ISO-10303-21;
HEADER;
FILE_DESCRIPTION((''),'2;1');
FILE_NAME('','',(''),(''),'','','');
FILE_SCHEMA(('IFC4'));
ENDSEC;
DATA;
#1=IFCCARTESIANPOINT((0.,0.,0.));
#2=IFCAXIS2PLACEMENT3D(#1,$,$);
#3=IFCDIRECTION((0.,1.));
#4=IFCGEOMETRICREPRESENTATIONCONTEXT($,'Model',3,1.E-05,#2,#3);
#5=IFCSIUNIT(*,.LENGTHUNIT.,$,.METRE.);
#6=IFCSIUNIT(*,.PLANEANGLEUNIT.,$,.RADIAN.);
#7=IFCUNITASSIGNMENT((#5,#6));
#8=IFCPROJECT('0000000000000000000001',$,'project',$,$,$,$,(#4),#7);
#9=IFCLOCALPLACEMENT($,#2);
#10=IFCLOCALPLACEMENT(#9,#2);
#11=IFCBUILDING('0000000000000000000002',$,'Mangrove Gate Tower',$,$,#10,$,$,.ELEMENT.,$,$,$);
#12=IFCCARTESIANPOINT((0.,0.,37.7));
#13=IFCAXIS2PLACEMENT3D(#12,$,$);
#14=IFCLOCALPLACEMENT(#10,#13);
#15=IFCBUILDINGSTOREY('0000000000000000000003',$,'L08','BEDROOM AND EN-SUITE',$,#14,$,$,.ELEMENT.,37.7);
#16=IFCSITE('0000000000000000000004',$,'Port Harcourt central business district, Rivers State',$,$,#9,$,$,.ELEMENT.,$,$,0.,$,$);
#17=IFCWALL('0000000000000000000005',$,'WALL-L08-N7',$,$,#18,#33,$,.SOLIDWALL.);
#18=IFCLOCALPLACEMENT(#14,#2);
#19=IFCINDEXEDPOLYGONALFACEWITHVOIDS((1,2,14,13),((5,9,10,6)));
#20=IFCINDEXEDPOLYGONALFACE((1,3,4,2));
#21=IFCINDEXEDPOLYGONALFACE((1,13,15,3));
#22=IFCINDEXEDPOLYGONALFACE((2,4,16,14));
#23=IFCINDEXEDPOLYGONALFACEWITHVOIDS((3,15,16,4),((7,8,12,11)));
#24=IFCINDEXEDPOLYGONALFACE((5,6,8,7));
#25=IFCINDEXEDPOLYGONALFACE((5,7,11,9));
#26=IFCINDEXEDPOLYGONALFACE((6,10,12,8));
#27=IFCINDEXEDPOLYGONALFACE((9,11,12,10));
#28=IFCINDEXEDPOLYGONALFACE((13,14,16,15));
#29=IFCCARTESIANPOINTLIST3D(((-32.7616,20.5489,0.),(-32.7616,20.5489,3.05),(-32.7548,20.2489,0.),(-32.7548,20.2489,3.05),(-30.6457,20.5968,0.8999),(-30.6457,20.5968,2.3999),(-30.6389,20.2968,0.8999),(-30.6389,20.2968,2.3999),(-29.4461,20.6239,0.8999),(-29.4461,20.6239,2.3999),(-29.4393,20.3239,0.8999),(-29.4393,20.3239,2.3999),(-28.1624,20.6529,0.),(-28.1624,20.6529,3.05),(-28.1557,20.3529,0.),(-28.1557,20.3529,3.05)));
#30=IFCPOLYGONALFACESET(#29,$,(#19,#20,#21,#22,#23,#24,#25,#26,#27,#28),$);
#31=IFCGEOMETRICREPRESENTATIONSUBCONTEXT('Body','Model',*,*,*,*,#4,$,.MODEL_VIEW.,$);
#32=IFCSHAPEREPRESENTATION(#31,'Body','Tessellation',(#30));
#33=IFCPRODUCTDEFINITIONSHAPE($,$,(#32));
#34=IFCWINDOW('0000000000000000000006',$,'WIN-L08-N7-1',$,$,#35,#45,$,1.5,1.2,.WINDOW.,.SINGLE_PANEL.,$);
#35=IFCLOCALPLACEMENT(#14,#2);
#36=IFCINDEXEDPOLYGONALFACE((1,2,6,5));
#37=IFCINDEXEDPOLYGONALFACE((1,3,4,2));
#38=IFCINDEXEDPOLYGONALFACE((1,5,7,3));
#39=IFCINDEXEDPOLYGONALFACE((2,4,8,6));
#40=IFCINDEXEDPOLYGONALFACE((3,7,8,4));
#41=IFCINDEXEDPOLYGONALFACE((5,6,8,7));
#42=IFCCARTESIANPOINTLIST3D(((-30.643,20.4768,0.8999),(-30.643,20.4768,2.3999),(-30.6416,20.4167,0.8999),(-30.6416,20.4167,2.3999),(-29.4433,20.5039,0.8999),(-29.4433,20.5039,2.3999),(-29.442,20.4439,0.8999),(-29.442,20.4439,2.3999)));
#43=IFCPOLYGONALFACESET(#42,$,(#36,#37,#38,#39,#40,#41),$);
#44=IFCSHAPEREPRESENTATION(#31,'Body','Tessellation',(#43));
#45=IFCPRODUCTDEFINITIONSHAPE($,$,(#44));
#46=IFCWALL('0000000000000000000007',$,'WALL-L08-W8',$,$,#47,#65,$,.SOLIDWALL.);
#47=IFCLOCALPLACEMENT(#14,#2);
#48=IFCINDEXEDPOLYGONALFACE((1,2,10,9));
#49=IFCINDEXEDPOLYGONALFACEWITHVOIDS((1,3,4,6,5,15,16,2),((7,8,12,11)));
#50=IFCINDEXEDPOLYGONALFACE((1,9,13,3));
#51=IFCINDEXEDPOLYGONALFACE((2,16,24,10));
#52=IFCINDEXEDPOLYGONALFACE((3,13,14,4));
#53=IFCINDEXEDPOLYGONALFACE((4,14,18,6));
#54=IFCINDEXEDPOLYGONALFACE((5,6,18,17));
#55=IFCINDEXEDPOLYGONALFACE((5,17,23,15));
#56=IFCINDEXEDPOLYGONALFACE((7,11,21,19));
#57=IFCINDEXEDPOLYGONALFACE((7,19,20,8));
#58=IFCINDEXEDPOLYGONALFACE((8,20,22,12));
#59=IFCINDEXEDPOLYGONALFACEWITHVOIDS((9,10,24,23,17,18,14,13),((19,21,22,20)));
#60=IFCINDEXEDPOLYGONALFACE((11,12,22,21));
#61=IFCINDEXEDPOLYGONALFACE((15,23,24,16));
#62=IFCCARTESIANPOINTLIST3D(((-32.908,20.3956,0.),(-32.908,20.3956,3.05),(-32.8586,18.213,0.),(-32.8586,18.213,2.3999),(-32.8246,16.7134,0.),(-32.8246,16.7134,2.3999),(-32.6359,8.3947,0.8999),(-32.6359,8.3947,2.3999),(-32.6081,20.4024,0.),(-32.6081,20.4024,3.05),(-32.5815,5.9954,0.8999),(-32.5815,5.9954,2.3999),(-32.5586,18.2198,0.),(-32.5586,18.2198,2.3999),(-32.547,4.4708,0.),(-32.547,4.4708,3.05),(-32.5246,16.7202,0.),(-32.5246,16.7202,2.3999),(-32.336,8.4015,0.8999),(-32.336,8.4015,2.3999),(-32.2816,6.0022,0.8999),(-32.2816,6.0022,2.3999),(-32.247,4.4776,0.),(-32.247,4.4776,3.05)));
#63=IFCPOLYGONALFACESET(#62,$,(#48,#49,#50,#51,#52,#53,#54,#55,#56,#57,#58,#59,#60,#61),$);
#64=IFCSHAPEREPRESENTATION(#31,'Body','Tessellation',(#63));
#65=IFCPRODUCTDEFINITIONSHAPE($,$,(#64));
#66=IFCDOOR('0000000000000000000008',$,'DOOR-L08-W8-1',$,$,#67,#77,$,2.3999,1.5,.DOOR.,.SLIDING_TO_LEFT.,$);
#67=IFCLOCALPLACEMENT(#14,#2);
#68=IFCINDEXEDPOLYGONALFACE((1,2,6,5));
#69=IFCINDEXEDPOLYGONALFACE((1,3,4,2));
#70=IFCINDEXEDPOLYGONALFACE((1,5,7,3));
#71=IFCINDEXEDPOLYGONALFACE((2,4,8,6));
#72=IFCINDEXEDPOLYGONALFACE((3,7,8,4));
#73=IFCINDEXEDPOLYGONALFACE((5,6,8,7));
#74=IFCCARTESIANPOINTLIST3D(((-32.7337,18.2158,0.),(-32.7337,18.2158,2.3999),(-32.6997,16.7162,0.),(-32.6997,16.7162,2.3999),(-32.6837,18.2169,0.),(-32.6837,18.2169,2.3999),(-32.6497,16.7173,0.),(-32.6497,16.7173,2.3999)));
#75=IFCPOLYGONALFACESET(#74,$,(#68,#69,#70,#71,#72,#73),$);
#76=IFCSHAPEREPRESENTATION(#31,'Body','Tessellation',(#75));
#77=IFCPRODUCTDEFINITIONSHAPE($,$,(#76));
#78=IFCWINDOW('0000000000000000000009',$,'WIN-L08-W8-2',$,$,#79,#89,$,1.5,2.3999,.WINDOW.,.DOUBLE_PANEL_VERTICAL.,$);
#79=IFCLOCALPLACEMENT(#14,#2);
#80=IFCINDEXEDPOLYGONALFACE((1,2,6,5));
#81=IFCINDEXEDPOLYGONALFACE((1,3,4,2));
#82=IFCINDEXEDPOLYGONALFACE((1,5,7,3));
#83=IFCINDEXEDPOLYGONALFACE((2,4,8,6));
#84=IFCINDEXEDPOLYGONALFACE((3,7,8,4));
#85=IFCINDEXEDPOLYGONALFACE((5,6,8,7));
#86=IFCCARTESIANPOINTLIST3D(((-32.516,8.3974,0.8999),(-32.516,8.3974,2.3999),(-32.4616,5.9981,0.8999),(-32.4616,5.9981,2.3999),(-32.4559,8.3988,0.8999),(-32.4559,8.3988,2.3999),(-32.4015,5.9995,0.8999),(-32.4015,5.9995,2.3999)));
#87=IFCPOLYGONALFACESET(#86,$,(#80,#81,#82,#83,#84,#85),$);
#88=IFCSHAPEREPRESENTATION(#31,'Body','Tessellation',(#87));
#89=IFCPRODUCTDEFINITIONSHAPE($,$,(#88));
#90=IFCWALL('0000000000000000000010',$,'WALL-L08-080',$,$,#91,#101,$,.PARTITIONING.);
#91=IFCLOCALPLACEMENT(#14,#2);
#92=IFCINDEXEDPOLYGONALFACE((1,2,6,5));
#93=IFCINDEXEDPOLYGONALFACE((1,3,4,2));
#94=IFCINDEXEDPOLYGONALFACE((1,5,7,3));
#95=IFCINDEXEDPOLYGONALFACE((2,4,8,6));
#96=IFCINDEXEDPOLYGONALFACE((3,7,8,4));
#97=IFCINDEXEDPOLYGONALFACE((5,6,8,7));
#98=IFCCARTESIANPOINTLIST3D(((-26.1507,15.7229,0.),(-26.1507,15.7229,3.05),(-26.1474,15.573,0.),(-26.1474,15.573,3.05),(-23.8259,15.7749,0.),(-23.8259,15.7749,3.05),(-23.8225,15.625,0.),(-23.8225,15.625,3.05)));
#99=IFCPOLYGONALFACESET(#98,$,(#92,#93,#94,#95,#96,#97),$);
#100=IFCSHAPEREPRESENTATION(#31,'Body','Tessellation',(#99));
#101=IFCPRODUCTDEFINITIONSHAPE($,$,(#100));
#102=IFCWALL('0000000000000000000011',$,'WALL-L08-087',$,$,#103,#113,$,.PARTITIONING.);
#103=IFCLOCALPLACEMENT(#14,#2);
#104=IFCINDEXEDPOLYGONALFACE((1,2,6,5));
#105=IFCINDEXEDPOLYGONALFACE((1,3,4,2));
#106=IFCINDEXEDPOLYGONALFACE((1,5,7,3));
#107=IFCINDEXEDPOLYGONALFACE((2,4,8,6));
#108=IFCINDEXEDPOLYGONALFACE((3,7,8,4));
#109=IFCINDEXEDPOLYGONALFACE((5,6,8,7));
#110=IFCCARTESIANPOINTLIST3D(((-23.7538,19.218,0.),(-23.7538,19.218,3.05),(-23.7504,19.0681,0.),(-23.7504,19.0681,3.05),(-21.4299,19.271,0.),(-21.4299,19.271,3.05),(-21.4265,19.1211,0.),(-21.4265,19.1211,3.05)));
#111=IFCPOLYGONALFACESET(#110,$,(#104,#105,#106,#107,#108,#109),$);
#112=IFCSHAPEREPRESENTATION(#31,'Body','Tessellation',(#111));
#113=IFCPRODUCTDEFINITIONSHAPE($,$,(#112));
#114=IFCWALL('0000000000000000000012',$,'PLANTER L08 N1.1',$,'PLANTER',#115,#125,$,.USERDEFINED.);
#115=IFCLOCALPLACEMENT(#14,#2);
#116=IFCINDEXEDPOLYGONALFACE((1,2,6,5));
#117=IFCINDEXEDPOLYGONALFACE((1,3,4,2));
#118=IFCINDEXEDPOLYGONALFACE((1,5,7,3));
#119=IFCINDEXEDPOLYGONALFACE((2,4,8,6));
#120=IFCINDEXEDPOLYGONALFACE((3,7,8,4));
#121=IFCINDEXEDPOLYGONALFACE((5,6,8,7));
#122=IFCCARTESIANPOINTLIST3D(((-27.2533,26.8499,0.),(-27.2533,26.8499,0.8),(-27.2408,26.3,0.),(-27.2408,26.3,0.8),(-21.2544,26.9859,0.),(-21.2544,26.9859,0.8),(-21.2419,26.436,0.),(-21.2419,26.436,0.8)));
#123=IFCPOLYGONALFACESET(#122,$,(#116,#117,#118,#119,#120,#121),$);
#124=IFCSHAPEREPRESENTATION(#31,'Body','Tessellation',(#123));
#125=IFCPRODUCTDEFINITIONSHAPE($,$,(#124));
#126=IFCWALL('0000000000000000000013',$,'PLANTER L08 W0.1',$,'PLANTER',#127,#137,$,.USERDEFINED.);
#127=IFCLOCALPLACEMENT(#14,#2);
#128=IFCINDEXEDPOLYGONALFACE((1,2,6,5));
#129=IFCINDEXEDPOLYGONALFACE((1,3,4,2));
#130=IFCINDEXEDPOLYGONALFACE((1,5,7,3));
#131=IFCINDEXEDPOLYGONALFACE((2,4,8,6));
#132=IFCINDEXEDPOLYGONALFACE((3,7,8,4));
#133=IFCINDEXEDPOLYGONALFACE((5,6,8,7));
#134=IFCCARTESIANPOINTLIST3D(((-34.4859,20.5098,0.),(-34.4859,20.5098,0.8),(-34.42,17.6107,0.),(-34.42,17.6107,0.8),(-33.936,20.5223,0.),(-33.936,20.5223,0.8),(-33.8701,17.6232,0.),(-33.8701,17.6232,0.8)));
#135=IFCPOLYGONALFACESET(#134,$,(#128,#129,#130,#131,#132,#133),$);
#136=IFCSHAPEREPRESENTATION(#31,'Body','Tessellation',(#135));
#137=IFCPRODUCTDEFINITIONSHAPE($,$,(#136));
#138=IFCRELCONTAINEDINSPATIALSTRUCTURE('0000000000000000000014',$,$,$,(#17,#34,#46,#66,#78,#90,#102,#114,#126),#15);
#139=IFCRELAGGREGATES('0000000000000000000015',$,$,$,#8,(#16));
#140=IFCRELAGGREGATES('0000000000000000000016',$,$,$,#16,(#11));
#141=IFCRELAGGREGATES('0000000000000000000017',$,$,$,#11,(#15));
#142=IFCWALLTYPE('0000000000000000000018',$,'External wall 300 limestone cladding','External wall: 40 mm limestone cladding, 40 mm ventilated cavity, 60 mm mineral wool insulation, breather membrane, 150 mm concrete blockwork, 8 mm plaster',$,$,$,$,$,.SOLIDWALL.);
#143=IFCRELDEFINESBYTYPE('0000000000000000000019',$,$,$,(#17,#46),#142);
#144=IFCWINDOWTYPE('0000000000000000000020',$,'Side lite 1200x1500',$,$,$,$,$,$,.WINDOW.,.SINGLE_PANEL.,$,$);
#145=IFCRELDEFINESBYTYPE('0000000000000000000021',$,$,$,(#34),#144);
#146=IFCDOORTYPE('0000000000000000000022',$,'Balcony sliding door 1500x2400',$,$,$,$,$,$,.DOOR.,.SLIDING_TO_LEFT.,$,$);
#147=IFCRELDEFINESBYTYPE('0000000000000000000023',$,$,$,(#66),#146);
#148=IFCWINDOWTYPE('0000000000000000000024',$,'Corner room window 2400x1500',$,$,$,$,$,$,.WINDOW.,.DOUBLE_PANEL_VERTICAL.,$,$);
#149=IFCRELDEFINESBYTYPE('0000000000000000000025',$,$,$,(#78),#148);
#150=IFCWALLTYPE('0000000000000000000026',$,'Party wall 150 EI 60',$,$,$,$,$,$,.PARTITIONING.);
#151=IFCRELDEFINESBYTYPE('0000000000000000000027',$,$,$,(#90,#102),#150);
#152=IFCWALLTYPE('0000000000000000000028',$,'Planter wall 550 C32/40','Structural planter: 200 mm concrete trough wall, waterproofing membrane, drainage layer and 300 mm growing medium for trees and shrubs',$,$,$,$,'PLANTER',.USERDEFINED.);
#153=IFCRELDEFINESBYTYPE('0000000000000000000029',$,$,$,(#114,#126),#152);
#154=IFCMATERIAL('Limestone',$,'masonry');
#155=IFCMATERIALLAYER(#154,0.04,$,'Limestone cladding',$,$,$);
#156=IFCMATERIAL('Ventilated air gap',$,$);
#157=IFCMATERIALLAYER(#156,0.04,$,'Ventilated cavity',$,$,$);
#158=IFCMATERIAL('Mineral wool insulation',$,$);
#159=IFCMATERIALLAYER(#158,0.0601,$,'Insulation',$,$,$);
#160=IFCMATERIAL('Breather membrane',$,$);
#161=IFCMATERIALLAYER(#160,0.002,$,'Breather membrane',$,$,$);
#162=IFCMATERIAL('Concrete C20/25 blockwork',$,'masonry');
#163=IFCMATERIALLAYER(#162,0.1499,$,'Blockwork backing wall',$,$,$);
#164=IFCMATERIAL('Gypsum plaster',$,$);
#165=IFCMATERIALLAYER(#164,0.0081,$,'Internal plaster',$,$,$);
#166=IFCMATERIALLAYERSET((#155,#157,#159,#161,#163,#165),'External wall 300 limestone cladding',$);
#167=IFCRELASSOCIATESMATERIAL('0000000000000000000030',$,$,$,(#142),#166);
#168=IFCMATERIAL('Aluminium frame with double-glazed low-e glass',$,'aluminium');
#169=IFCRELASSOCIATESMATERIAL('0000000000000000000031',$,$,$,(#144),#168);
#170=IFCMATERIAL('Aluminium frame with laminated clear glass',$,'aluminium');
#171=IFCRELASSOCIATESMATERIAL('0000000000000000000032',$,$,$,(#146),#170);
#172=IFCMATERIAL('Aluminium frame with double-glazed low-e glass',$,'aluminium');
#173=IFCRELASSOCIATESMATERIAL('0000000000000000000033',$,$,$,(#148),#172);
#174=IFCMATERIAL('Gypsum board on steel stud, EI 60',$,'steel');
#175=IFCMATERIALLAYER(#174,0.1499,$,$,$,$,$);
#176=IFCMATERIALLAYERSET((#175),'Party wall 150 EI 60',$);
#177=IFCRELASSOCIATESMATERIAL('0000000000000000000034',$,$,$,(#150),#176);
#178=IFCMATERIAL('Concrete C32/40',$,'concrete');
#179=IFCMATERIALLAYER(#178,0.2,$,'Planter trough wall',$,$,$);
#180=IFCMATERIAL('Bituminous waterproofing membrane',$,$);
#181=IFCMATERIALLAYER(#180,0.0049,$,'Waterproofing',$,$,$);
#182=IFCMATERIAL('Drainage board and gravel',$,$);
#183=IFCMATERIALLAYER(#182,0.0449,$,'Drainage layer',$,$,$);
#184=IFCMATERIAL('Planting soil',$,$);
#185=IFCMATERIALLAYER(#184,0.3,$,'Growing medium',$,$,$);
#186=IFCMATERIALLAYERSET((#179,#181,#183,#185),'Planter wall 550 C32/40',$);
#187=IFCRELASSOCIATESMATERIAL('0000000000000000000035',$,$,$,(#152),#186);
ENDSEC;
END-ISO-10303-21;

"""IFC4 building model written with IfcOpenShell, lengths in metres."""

from ifc_helpers import new_model, si_unit, direction, frame, frame_2d, origin, place, context, subcontext, project, spatial, rectangle, extrude, material, layer, layer_set, type_object, element, fill, save


model = new_model("IFC4")

# Units and contexts
model_context = context("Model", 3, precision=1e-05, world=origin(), true_north=direction((0.0, 1.0)))
body_context = subcontext(model_context, "Body", "Model", "MODEL_VIEW")
ifc_project = project(units=[si_unit("LENGTHUNIT", "METRE"), si_unit("PLANEANGLEUNIT", "RADIAN")], contexts=[model_context])

# Site, building, storey
site_placement = place(None, origin())
site = spatial("IfcSite", under=ifc_project, at=site_placement, Name="Port Harcourt central business district, Rivers State", CompositionType="ELEMENT", RefElevation=0.0)
building_placement = place(site_placement, origin())
building = spatial("IfcBuilding", under=site, at=building_placement, Name="Mangrove Gate Tower", CompositionType="ELEMENT")
storey_placement = place(building_placement, frame((0.0, 0.0, 37.7)))
storey = spatial("IfcBuildingStorey", under=building, at=storey_placement, Name="L08", Description="BEDROOM AND EN-SUITE", CompositionType="ELEMENT", Elevation=37.7)

# Wall, opening, window
ifc_material_1 = material(Name="Limestone", Category="masonry")
ifc_layer_1 = layer(ifc_material_1, 0.04, Name="Limestone cladding")
ifc_material_2 = material(Name="Ventilated air gap")
ifc_layer_2 = layer(ifc_material_2, 0.04, Name="Ventilated cavity")
ifc_material_3 = material(Name="Mineral wool insulation")
ifc_layer_3 = layer(ifc_material_3, 0.0601, Name="Insulation")
ifc_material_4 = material(Name="Breather membrane")
ifc_layer_4 = layer(ifc_material_4, 0.002, Name="Breather membrane")
ifc_material_5 = material(Name="Concrete C20/25 blockwork", Category="masonry")
ifc_layer_5 = layer(ifc_material_5, 0.1499, Name="Blockwork backing wall")
ifc_material_6 = material(Name="Gypsum plaster")
ifc_layer_6 = layer(ifc_material_6, 0.0081, Name="Internal plaster")
ifc_layer_set_1 = layer_set([ifc_layer_1, ifc_layer_2, ifc_layer_3, ifc_layer_4, ifc_layer_5, ifc_layer_6], Name="External wall 300 limestone cladding")
wall_type_1 = type_object("IfcWallType", Name="External wall 300 limestone cladding", Description="External wall: 40 mm limestone cladding, 40 mm ventilated cavity, 60 mm mineral wool insulation, breather membrane, 150 mm concrete blockwork, 8 mm plaster", PredefinedType="SOLIDWALL", material=ifc_layer_set_1)
ifc_material_7 = material(Name="Aluminium frame with double-glazed low-e glass", Category="aluminium")
window_type_1 = type_object("IfcWindowType", Name="Side lite 1200x1500", PartitioningType="SINGLE_PANEL", PredefinedType="WINDOW", material=ifc_material_7)
wall_1_placement = place(storey_placement, frame((-28.1589, 20.5029, 0.0), z_axis=(0.0, 0.0, 1.0), x_axis=(-0.999744, -0.022608, 0.0)))
wall_1 = element("IfcWall", 1, at=wall_1_placement, inside=storey, type_object=wall_type_1, Name="WALL-L08-N7", PredefinedType="SOLIDWALL", context=body_context, shape_type="SweptSolid", body=[
    extrude(rectangle(XDim=4.6003, YDim=0.3, at=frame_2d((2.3003, 0.0))), origin(), (0.0, 0.0, 1.0), 3.05),
])
opening_1_placement = place(wall_1_placement, frame((1.2839, 0.0, 0.8999)))
opening_1 = element("IfcOpeningElement", 2, at=opening_1_placement, cuts=wall_1, PredefinedType="OPENING", context=body_context, shape_type="SweptSolid", body=[
    extrude(rectangle(XDim=1.2, YDim=1.5, at=frame_2d((0.6001, 0.75))), frame((0.0, 0.1599, 0.0), z_axis=(0.0, -1.0, 0.0), x_axis=(1.0, 0.0, 0.0)), (0.0, 0.0, 1.0), 0.3201),
])
window_1_placement = place(opening_1_placement, origin())
window_1 = element("IfcWindow", 3, at=window_1_placement, inside=storey, type_object=window_type_1, Name="WIN-L08-N7-1", OverallHeight=1.5, OverallWidth=1.2, PartitioningType="SINGLE_PANEL", PredefinedType="WINDOW", context=body_context, shape_type="SweptSolid", body=[
    extrude(rectangle(XDim=1.2, YDim=1.5, at=frame_2d((0.6001, 0.75))), frame((0.0, 0.03, 0.0), z_axis=(0.0, -1.0, 0.0), x_axis=(1.0, 0.0, 0.0)), (0.0, 0.0, 1.0), 0.0601),
])
fill(opening_1, window_1)

# Wall, openings, door, window
wall_2_placement = place(storey_placement, frame((-32.7581, 20.3989, 0.0), z_axis=(0.0, 0.0, 1.0), x_axis=(0.022668, -0.999743, 0.0)))
wall_2 = element("IfcWall", 4, at=wall_2_placement, inside=storey, type_object=wall_type_1, Name="WALL-L08-W8", PredefinedType="SOLIDWALL", context=body_context, shape_type="SweptSolid", body=[
    extrude(rectangle(XDim=15.929, YDim=0.3, at=frame_2d((7.9644, 0.0))), origin(), (0.0, 0.0, 1.0), 3.05),
])
opening_2_placement = place(wall_2_placement, frame((2.1831, 0.0, 0.0)))
opening_2 = element("IfcOpeningElement", 5, at=opening_2_placement, cuts=wall_2, PredefinedType="OPENING", context=body_context, shape_type="SweptSolid", body=[
    extrude(rectangle(XDim=1.5, YDim=2.3999, at=frame_2d((0.75, 1.2))), frame((0.0, 0.1599, 0.0), z_axis=(0.0, -1.0, 0.0), x_axis=(1.0, 0.0, 0.0)), (0.0, 0.0, 1.0), 0.3201),
])
opening_3_placement = place(wall_2_placement, frame((12.0039, 0.0, 0.8999)))
opening_3 = element("IfcOpeningElement", 6, at=opening_3_placement, cuts=wall_2, PredefinedType="OPENING", context=body_context, shape_type="SweptSolid", body=[
    extrude(rectangle(XDim=2.3999, YDim=1.5, at=frame_2d((1.2, 0.75))), frame((0.0, 0.1599, 0.0), z_axis=(0.0, -1.0, 0.0), x_axis=(1.0, 0.0, 0.0)), (0.0, 0.0, 1.0), 0.3201),
])
ifc_material_8 = material(Name="Aluminium frame with laminated clear glass", Category="aluminium")
door_type = type_object("IfcDoorType", Name="Balcony sliding door 1500x2400", OperationType="SLIDING_TO_LEFT", PredefinedType="DOOR", material=ifc_material_8)
door_placement = place(opening_2_placement, origin())
door = element("IfcDoor", 7, at=door_placement, inside=storey, type_object=door_type, Name="DOOR-L08-W8-1", OperationType="SLIDING_TO_LEFT", OverallHeight=2.3999, OverallWidth=1.5, PredefinedType="DOOR", context=body_context, shape_type="SweptSolid", body=[
    extrude(rectangle(XDim=1.5, YDim=2.3999, at=frame_2d((0.75, 1.2))), frame((0.0, 0.0249, 0.0), z_axis=(0.0, -1.0, 0.0), x_axis=(1.0, 0.0, 0.0)), (0.0, 0.0, 1.0), 0.05),
])
fill(opening_2, door)
ifc_material_9 = material(Name="Aluminium frame with double-glazed low-e glass", Category="aluminium")
window_type_2 = type_object("IfcWindowType", Name="Corner room window 2400x1500", PartitioningType="DOUBLE_PANEL_VERTICAL", PredefinedType="WINDOW", material=ifc_material_9)
window_2_placement = place(opening_3_placement, origin())
window_2 = element("IfcWindow", 8, at=window_2_placement, inside=storey, type_object=window_type_2, Name="WIN-L08-W8-2", OverallHeight=1.5, OverallWidth=2.3999, PartitioningType="DOUBLE_PANEL_VERTICAL", PredefinedType="WINDOW", context=body_context, shape_type="SweptSolid", body=[
    extrude(rectangle(XDim=2.3999, YDim=1.5, at=frame_2d((1.2, 0.75))), frame((0.0, 0.03, 0.0), z_axis=(0.0, -1.0, 0.0), x_axis=(1.0, 0.0, 0.0)), (0.0, 0.0, 1.0), 0.0601),
])
fill(opening_3, window_2)

# Walls
ifc_material_10 = material(Name="Gypsum board on steel stud, EI 60", Category="steel")
ifc_layer_7 = layer(ifc_material_10, 0.1499)
ifc_layer_set_2 = layer_set([ifc_layer_7], Name="Party wall 150 EI 60")
wall_type_2 = type_object("IfcWallType", Name="Party wall 150 EI 60", PredefinedType="PARTITIONING", material=ifc_layer_set_2)
wall_3_placement = place(storey_placement, frame((-26.1489, 15.6479, 0.0), z_axis=(0.0, 0.0, 1.0), x_axis=(0.99975, 0.022361, 0.0)))
element("IfcWall", 9, at=wall_3_placement, inside=storey, type_object=wall_type_2, Name="WALL-L08-080", PredefinedType="PARTITIONING", context=body_context, shape_type="SweptSolid", body=[
    extrude(rectangle(XDim=2.3254, YDim=0.1499, at=frame_2d((1.1626, 0.0))), origin(), (0.0, 0.0, 1.0), 3.05),
])
wall_4_placement = place(storey_placement, frame((-23.752, 19.1431, 0.0), z_axis=(0.0, 0.0, 1.0), x_axis=(0.99974, 0.022791, 0.0)))
element("IfcWall", 10, at=wall_4_placement, inside=storey, type_object=wall_type_2, Name="WALL-L08-087", PredefinedType="PARTITIONING", context=body_context, shape_type="SweptSolid", body=[
    extrude(rectangle(XDim=2.3245, YDim=0.1499, at=frame_2d((1.1621, 0.0))), origin(), (0.0, 0.0, 1.0), 3.05),
])
ifc_material_11 = material(Name="Concrete C32/40", Category="concrete")
ifc_layer_8 = layer(ifc_material_11, 0.2, Name="Planter trough wall")
ifc_material_12 = material(Name="Bituminous waterproofing membrane")
ifc_layer_9 = layer(ifc_material_12, 0.0049, Name="Waterproofing")
ifc_material_13 = material(Name="Drainage board and gravel")
ifc_layer_10 = layer(ifc_material_13, 0.0449, Name="Drainage layer")
ifc_material_14 = material(Name="Planting soil")
ifc_layer_11 = layer(ifc_material_14, 0.3, Name="Growing medium")
ifc_layer_set_3 = layer_set([ifc_layer_8, ifc_layer_9, ifc_layer_10, ifc_layer_11], Name="Planter wall 550 C32/40")
wall_type_3 = type_object("IfcWallType", Name="Planter wall 550 C32/40", Description="Structural planter: 200 mm concrete trough wall, waterproofing membrane, drainage layer and 300 mm growing medium for trees and shrubs", ElementType="PLANTER", PredefinedType="USERDEFINED", material=ifc_layer_set_3)
wall_5_placement = place(storey_placement, frame((-27.2471, 26.575, 0.0), z_axis=(0.0, 0.0, 1.0), x_axis=(0.999743, 0.022662, 0.0)))
element("IfcWall", 11, at=wall_5_placement, inside=storey, type_object=wall_type_3, Name="PLANTER L08 N1.1", ObjectType="PLANTER", PredefinedType="USERDEFINED", context=body_context, shape_type="SweptSolid", body=[
    extrude(rectangle(XDim=6.0005, YDim=0.55, at=frame_2d((3.0002, 0.0))), origin(), (0.0, 0.0, 1.0), 0.8),
])
wall_6_placement = place(storey_placement, frame((-34.145, 17.6169, 0.0), z_axis=(0.0, 0.0, 1.0), x_axis=(-0.022731, 0.999742, 0.0)))
element("IfcWall", 12, at=wall_6_placement, inside=storey, type_object=wall_type_3, Name="PLANTER L08 W0.1", ObjectType="PLANTER", PredefinedType="USERDEFINED", context=body_context, shape_type="SweptSolid", body=[
    extrude(rectangle(XDim=2.8999, YDim=0.55, at=frame_2d((1.45, 0.0))), origin(), (0.0, 0.0, 1.0), 0.8),
])

save(model, "model.ifc")
